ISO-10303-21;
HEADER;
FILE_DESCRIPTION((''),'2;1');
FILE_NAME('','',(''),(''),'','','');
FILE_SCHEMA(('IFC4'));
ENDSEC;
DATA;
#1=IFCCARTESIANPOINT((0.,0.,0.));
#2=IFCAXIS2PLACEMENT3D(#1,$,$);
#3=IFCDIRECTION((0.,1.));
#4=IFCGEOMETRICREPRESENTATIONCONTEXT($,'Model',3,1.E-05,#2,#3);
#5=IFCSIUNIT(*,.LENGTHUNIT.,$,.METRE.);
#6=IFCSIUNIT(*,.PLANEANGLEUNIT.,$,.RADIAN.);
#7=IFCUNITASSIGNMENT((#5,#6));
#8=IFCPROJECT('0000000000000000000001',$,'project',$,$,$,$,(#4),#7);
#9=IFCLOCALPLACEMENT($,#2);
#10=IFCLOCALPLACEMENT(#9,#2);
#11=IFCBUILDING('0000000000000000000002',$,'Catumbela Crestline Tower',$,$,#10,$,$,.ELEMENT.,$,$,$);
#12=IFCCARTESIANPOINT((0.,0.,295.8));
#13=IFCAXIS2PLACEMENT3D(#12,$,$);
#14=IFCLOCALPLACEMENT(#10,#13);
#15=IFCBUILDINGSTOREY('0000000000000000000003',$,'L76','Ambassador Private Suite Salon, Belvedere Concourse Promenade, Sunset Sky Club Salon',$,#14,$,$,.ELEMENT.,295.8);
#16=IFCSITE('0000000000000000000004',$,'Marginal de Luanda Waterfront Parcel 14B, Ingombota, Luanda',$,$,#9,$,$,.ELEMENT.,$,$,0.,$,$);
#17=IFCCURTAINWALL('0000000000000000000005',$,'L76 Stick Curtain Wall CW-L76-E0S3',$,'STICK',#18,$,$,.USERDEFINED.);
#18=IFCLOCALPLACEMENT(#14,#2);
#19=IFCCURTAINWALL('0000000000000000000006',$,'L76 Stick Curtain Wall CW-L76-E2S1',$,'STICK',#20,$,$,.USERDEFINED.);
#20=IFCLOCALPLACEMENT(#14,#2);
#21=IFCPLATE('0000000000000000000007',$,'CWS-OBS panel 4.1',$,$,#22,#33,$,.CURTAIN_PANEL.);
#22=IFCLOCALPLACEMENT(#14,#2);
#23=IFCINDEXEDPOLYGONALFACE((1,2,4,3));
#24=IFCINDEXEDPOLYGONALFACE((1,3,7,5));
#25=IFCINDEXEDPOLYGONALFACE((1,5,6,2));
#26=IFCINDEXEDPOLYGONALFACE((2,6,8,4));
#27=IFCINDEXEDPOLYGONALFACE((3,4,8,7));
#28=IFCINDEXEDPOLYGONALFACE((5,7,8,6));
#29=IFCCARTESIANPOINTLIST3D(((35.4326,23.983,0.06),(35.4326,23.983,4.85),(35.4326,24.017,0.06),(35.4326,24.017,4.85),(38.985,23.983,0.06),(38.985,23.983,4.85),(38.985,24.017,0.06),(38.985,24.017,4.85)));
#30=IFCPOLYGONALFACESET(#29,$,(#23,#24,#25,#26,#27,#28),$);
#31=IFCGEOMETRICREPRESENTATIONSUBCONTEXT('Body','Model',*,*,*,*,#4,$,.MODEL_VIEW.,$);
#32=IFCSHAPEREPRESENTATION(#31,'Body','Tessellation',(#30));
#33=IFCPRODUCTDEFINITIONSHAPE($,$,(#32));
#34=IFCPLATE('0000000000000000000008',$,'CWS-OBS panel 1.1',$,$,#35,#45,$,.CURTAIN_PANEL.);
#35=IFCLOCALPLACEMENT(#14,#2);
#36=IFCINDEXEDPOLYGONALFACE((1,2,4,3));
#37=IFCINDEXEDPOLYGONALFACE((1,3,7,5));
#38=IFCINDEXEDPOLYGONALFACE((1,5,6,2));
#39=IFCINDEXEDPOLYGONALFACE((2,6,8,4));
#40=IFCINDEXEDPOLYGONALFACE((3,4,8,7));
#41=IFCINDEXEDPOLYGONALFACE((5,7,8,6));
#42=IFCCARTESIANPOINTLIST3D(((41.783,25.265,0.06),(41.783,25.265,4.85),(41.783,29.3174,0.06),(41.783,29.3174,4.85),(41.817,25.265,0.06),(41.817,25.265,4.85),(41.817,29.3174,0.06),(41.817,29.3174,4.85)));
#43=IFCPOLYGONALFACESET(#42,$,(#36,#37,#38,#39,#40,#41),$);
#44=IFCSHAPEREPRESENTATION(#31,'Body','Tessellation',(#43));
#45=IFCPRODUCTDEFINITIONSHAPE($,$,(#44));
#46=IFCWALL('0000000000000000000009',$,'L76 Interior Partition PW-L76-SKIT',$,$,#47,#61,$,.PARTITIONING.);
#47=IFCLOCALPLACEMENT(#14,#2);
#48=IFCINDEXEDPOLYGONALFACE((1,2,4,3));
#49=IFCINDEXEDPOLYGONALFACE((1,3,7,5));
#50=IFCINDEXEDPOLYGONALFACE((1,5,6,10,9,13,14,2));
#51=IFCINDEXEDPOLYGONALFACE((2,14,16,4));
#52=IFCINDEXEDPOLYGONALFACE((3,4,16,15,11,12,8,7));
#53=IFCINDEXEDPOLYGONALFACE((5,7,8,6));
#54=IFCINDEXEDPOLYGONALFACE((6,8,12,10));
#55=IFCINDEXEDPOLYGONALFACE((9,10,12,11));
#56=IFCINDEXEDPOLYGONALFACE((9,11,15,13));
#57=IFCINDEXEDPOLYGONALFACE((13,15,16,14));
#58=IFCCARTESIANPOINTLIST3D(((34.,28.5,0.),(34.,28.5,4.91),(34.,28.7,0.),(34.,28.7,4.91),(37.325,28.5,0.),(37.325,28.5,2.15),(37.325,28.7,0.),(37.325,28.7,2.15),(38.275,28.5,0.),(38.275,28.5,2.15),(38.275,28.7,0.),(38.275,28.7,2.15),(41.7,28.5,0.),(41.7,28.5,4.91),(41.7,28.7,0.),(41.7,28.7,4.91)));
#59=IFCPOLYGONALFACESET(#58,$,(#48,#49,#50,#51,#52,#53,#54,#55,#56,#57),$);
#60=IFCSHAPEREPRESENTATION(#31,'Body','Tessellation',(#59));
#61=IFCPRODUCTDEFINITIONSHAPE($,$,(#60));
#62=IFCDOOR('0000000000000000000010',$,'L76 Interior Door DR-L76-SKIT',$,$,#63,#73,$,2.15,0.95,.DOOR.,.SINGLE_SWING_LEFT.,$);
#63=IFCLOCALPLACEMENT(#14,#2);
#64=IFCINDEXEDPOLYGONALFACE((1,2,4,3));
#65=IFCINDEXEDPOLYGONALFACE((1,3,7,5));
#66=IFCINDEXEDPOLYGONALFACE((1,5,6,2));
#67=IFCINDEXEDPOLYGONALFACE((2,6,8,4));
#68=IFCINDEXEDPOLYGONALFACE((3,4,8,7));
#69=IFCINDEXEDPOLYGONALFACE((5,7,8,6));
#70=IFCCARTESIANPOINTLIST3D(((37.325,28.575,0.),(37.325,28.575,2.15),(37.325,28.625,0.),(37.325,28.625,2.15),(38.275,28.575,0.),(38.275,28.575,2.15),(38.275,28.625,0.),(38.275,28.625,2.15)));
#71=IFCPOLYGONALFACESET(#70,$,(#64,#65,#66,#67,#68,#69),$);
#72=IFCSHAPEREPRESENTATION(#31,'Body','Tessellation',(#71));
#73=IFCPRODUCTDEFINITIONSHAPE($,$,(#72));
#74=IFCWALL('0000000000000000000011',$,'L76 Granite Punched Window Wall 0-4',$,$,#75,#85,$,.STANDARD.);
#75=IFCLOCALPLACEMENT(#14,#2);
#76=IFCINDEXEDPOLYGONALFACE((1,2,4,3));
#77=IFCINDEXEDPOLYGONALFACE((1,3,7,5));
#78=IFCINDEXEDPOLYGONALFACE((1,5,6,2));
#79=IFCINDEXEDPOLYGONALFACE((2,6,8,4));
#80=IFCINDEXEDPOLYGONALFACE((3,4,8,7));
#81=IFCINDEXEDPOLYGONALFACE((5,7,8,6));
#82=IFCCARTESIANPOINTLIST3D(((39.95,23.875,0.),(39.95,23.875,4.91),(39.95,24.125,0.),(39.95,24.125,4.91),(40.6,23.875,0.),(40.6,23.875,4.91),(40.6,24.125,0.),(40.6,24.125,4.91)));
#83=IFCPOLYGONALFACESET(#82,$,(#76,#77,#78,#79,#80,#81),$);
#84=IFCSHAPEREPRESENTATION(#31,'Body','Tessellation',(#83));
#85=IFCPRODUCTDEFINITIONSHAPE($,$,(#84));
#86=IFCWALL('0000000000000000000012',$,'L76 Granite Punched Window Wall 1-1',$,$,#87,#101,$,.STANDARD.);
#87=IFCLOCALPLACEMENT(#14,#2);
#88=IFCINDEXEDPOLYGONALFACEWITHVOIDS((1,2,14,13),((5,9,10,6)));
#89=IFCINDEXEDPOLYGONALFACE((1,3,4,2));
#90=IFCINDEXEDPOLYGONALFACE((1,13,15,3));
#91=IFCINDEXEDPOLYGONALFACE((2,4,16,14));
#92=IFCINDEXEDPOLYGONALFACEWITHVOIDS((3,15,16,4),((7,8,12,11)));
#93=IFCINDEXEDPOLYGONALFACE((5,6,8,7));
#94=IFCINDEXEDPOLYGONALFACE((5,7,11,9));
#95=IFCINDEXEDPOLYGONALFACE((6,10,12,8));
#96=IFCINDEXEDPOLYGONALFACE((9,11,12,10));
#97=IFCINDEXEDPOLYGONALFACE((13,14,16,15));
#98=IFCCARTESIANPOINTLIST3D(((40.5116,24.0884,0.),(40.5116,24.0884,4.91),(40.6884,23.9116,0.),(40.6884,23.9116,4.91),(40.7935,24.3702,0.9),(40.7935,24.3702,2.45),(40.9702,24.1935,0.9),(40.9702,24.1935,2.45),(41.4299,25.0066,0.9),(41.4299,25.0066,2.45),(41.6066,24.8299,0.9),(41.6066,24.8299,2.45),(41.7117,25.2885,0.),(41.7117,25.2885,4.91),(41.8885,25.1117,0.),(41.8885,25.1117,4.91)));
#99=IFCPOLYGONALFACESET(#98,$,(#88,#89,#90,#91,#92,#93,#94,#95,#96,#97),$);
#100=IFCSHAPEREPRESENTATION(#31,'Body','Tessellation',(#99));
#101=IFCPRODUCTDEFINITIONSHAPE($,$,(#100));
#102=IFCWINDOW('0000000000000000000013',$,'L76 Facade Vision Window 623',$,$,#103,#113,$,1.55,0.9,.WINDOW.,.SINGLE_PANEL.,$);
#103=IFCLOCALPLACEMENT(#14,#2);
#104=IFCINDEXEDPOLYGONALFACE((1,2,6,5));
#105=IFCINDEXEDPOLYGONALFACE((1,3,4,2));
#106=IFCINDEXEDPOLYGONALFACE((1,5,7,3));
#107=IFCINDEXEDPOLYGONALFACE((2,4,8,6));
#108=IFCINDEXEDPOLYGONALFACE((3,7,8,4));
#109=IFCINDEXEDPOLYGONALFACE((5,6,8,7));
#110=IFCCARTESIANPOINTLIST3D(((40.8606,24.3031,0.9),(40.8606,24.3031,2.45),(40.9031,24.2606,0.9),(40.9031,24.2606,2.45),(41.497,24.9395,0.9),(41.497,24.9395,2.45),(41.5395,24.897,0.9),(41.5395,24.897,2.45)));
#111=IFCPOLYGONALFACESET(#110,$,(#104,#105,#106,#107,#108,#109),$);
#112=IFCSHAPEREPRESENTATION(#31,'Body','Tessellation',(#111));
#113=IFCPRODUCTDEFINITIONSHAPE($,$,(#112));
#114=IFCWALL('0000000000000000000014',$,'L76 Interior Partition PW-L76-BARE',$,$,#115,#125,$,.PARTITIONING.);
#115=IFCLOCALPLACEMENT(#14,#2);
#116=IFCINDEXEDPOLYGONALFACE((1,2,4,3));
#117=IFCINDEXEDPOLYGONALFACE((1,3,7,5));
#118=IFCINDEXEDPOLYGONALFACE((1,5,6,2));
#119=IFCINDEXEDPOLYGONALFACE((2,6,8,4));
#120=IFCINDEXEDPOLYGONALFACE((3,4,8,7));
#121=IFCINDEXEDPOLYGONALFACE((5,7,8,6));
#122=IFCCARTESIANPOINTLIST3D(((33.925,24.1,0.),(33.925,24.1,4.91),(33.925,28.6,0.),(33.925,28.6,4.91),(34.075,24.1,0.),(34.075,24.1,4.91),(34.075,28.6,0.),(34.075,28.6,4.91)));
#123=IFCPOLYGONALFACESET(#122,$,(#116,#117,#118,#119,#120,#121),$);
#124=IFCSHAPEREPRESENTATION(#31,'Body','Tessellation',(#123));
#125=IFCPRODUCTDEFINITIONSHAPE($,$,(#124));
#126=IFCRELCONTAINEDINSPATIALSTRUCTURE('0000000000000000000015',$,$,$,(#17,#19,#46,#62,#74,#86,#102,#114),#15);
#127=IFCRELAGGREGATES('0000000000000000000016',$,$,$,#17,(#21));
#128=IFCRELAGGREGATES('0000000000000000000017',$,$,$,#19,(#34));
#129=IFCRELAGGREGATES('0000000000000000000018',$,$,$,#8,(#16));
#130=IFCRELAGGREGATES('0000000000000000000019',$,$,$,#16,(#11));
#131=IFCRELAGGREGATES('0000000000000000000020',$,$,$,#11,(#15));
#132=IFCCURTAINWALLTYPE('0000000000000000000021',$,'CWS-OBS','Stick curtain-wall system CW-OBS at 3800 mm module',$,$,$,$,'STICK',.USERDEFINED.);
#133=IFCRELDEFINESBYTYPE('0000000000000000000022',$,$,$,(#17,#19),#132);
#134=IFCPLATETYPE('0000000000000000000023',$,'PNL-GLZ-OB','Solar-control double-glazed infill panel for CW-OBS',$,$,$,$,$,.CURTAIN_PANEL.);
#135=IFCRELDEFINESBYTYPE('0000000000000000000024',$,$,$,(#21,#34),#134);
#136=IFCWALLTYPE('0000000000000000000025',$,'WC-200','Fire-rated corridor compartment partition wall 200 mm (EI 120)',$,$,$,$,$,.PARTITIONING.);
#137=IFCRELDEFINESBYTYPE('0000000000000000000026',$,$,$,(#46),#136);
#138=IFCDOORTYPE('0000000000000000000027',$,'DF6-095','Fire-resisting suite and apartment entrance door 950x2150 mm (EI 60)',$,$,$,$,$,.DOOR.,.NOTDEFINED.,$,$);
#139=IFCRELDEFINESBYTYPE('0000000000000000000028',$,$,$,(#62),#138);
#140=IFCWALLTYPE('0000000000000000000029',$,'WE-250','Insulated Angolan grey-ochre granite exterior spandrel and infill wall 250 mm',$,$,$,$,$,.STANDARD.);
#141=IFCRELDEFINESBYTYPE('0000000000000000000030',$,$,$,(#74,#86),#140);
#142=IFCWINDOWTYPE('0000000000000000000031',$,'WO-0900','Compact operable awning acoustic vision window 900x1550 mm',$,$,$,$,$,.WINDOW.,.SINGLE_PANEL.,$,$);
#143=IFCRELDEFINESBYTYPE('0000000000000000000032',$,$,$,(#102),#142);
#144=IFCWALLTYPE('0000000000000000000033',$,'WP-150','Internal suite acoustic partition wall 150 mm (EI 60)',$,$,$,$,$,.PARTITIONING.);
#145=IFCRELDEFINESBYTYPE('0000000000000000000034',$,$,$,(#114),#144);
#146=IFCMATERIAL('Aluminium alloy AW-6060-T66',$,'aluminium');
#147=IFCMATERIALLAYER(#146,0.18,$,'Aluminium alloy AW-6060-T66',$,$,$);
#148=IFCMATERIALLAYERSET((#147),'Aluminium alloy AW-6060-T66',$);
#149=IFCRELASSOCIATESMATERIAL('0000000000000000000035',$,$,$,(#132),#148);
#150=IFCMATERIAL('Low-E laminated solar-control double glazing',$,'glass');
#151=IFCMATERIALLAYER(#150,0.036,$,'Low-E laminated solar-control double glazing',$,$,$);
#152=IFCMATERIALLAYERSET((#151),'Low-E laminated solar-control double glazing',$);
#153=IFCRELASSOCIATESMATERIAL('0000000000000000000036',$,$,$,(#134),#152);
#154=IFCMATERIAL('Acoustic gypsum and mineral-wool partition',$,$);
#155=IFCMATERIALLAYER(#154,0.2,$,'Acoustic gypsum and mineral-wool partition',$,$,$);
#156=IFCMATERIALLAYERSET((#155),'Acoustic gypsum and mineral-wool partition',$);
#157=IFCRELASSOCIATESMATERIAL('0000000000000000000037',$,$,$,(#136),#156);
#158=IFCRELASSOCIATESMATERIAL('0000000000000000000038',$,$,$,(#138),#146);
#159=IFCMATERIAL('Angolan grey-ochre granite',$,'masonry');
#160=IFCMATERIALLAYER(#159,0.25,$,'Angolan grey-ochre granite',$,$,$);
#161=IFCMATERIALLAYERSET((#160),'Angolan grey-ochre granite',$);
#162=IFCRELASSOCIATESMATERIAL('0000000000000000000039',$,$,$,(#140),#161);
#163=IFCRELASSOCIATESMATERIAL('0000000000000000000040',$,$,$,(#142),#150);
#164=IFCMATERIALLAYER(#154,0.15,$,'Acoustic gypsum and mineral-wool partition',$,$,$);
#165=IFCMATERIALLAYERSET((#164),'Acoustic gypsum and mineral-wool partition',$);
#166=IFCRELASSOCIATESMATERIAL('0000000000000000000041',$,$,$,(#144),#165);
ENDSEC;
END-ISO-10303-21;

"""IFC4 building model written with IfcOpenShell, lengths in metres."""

from ifc_helpers import new_model, si_unit, direction, frame, frame_2d, origin, origin_2d, place, context, subcontext, project, spatial, rectangle, extrude, material, layer, layer_set, type_object, element, fill, aggregate, save


model = new_model("IFC4")

# Units and contexts
model_context = context("Model", 3, precision=1e-05, world=origin(), true_north=direction((0.0, 1.0)))
body_context = subcontext(model_context, "Body", "Model", "MODEL_VIEW")
ifc_project = project(units=[si_unit("LENGTHUNIT", "METRE"), si_unit("PLANEANGLEUNIT", "RADIAN")], contexts=[model_context])

# Site, building, storey
site_placement = place(None, origin())
site = spatial("IfcSite", under=ifc_project, at=site_placement, Name="Marginal de Luanda Waterfront Parcel 14B, Ingombota, Luanda", CompositionType="ELEMENT", RefElevation=0.0)
building_placement = place(site_placement, origin())
building = spatial("IfcBuilding", under=site, at=building_placement, Name="Catumbela Crestline Tower", CompositionType="ELEMENT")
storey_placement = place(building_placement, frame((0.0, 0.0, 295.8)))
storey = spatial("IfcBuildingStorey", under=building, at=storey_placement, Name="L76", Description="Ambassador Private Suite Salon, Belvedere Concourse Promenade, Sunset Sky Club Salon", CompositionType="ELEMENT", Elevation=295.8)

# Curtain walls
ifc_material_1 = material(Name="Aluminium alloy AW-6060-T66", Category="aluminium")
ifc_layer_1 = layer(ifc_material_1, 0.18, Name="Aluminium alloy AW-6060-T66")
ifc_layer_set_1 = layer_set([ifc_layer_1], Name="Aluminium alloy AW-6060-T66")
curtain_wall_type = type_object("IfcCurtainWallType", Name="CWS-OBS", Description="Stick curtain-wall system CW-OBS at 3800 mm module", ElementType="STICK", PredefinedType="USERDEFINED", material=ifc_layer_set_1)
curtain_wall_1_placement = place(storey_placement, origin())
curtain_wall_1 = element("IfcCurtainWall", 1, at=curtain_wall_1_placement, inside=storey, type_object=curtain_wall_type, Name="L76 Stick Curtain Wall CW-L76-E0S3", ObjectType="STICK", PredefinedType="USERDEFINED")
curtain_wall_2_placement = place(storey_placement, origin())
curtain_wall_2 = element("IfcCurtainWall", 2, at=curtain_wall_2_placement, inside=storey, type_object=curtain_wall_type, Name="L76 Stick Curtain Wall CW-L76-E2S1", ObjectType="STICK", PredefinedType="USERDEFINED")

# Plates
ifc_material_2 = material(Name="Low-E laminated solar-control double glazing", Category="glass")
ifc_layer_2 = layer(ifc_material_2, 0.036, Name="Low-E laminated solar-control double glazing")
ifc_layer_set_2 = layer_set([ifc_layer_2], Name="Low-E laminated solar-control double glazing")
plate_type = type_object("IfcPlateType", Name="PNL-GLZ-OB", Description="Solar-control double-glazed infill panel for CW-OBS", PredefinedType="CURTAIN_PANEL", material=ifc_layer_set_2)
plate_1_placement = place(storey_placement, frame((37.2088, 24.0, 0.06), z_axis=(0.0, 0.0, 1.0), x_axis=(1.0, 0.0, 0.0)))
plate_1 = element("IfcPlate", 3, at=plate_1_placement, type_object=plate_type, Name="CWS-OBS panel 4.1", PredefinedType="CURTAIN_PANEL", context=body_context, shape_type="SweptSolid", body=[
    extrude(rectangle(XDim=3.5525, YDim=0.034, at=origin_2d()), origin(), (0.0, 0.0, 1.0), 4.79),
])
aggregate(curtain_wall_1, [plate_1])
plate_2_placement = place(storey_placement, frame((41.8, 27.2912, 0.06), z_axis=(0.0, 0.0, 1.0), x_axis=(0.0, 1.0, 0.0)))
plate_2 = element("IfcPlate", 4, at=plate_2_placement, type_object=plate_type, Name="CWS-OBS panel 1.1", PredefinedType="CURTAIN_PANEL", context=body_context, shape_type="SweptSolid", body=[
    extrude(rectangle(XDim=4.0525, YDim=0.034, at=origin_2d()), origin(), (0.0, 0.0, 1.0), 4.79),
])
aggregate(curtain_wall_2, [plate_2])

# Wall, opening, door
ifc_material_3 = material(Name="Acoustic gypsum and mineral-wool partition")
ifc_layer_3 = layer(ifc_material_3, 0.2, Name="Acoustic gypsum and mineral-wool partition")
ifc_layer_set_3 = layer_set([ifc_layer_3], Name="Acoustic gypsum and mineral-wool partition")
wall_type_1 = type_object("IfcWallType", Name="WC-200", Description="Fire-rated corridor compartment partition wall 200 mm (EI 120)", PredefinedType="PARTITIONING", material=ifc_layer_set_3)
wall_1_placement = place(storey_placement, frame((34.0, 28.6, 0.0), z_axis=(0.0, 0.0, 1.0), x_axis=(1.0, 0.0, 0.0)))
wall_1 = element("IfcWall", 5, at=wall_1_placement, inside=storey, type_object=wall_type_1, Name="L76 Interior Partition PW-L76-SKIT", PredefinedType="PARTITIONING", context=body_context, shape_type="SweptSolid", body=[
    extrude(rectangle(XDim=7.7, YDim=0.2, at=frame_2d((3.85, 0.0))), origin(), (0.0, 0.0, 1.0), 4.91),
])
opening_1_placement = place(wall_1_placement, frame((3.325, 0.0, 0.0)))
opening_1 = element("IfcOpeningElement", 6, at=opening_1_placement, cuts=wall_1, PredefinedType="OPENING", context=body_context, shape_type="SweptSolid", body=[
    extrude(rectangle(XDim=0.95, YDim=2.15, at=frame_2d((0.475, 1.075))), frame((0.0, 0.11, 0.0), z_axis=(0.0, -1.0, 0.0), x_axis=(1.0, 0.0, 0.0)), (0.0, 0.0, 1.0), 0.22),
])
door_type = type_object("IfcDoorType", Name="DF6-095", Description="Fire-resisting suite and apartment entrance door 950x2150 mm (EI 60)", OperationType="NOTDEFINED", PredefinedType="DOOR", material=ifc_material_1)
door_placement = place(opening_1_placement, origin())
door = element("IfcDoor", 7, at=door_placement, inside=storey, type_object=door_type, Name="L76 Interior Door DR-L76-SKIT", OperationType="SINGLE_SWING_LEFT", OverallHeight=2.15, OverallWidth=0.95, PredefinedType="DOOR", context=body_context, shape_type="SweptSolid", body=[
    extrude(rectangle(XDim=0.95, YDim=2.15, at=frame_2d((0.475, 1.075))), frame((0.0, 0.025, 0.0), z_axis=(0.0, -1.0, 0.0), x_axis=(1.0, 0.0, 0.0)), (0.0, 0.0, 1.0), 0.05),
])
fill(opening_1, door)

# Wall
ifc_material_4 = material(Name="Angolan grey-ochre granite", Category="masonry")
ifc_layer_4 = layer(ifc_material_4, 0.25, Name="Angolan grey-ochre granite")
ifc_layer_set_4 = layer_set([ifc_layer_4], Name="Angolan grey-ochre granite")
wall_type_2 = type_object("IfcWallType", Name="WE-250", Description="Insulated Angolan grey-ochre granite exterior spandrel and infill wall 250 mm", PredefinedType="STANDARD", material=ifc_layer_set_4)
wall_2_placement = place(storey_placement, frame((39.95, 24.0, 0.0), z_axis=(0.0, 0.0, 1.0), x_axis=(1.0, 0.0, 0.0)))
element("IfcWall", 8, at=wall_2_placement, inside=storey, type_object=wall_type_2, Name="L76 Granite Punched Window Wall 0-4", PredefinedType="STANDARD", context=body_context, shape_type="SweptSolid", body=[
    extrude(rectangle(XDim=0.65, YDim=0.25, at=frame_2d((0.325, 0.0))), origin(), (0.0, 0.0, 1.0), 4.91),
])

# Wall, opening, window
wall_3_placement = place(storey_placement, frame((40.6, 24.0, 0.0), z_axis=(0.0, 0.0, 1.0), x_axis=(0.707107, 0.707107, 0.0)))
wall_3 = element("IfcWall", 9, at=wall_3_placement, inside=storey, type_object=wall_type_2, Name="L76 Granite Punched Window Wall 1-1", PredefinedType="STANDARD", context=body_context, shape_type="SweptSolid", body=[
    extrude(rectangle(XDim=1.6971, YDim=0.25, at=frame_2d((0.8486, 0.0))), origin(), (0.0, 0.0, 1.0), 4.91),
])
opening_2_placement = place(wall_3_placement, frame((0.3986, 0.0, 0.9)))
opening_2 = element("IfcOpeningElement", 10, at=opening_2_placement, cuts=wall_3, PredefinedType="OPENING", context=body_context, shape_type="SweptSolid", body=[
    extrude(rectangle(XDim=0.9, YDim=1.55, at=frame_2d((0.45, 0.775))), frame((0.0, 0.135, 0.0), z_axis=(0.0, -1.0, 0.0), x_axis=(1.0, 0.0, 0.0)), (0.0, 0.0, 1.0), 0.27),
])
window_type = type_object("IfcWindowType", Name="WO-0900", Description="Compact operable awning acoustic vision window 900x1550 mm", PartitioningType="SINGLE_PANEL", PredefinedType="WINDOW", material=ifc_material_2)
window_placement = place(opening_2_placement, origin())
window = element("IfcWindow", 11, at=window_placement, inside=storey, type_object=window_type, Name="L76 Facade Vision Window 623", OverallHeight=1.55, OverallWidth=0.9, PartitioningType="SINGLE_PANEL", PredefinedType="WINDOW", context=body_context, shape_type="SweptSolid", body=[
    extrude(rectangle(XDim=0.9, YDim=1.55, at=frame_2d((0.45, 0.775))), frame((0.0, 0.03, 0.0), z_axis=(0.0, -1.0, 0.0), x_axis=(1.0, 0.0, 0.0)), (0.0, 0.0, 1.0), 0.06),
])
fill(opening_2, window)

# Wall
ifc_layer_5 = layer(ifc_material_3, 0.15, Name="Acoustic gypsum and mineral-wool partition")
ifc_layer_set_5 = layer_set([ifc_layer_5], Name="Acoustic gypsum and mineral-wool partition")
wall_type_3 = type_object("IfcWallType", Name="WP-150", Description="Internal suite acoustic partition wall 150 mm (EI 60)", PredefinedType="PARTITIONING", material=ifc_layer_set_5)
wall_4_placement = place(storey_placement, frame((34.0, 24.1, 0.0), z_axis=(0.0, 0.0, 1.0), x_axis=(0.0, 1.0, 0.0)))
element("IfcWall", 12, at=wall_4_placement, inside=storey, type_object=wall_type_3, Name="L76 Interior Partition PW-L76-BARE", PredefinedType="PARTITIONING", context=body_context, shape_type="SweptSolid", body=[
    extrude(rectangle(XDim=4.5, YDim=0.15, at=frame_2d((2.25, 0.0))), origin(), (0.0, 0.0, 1.0), 4.91),
])

save(model, "model.ifc")
